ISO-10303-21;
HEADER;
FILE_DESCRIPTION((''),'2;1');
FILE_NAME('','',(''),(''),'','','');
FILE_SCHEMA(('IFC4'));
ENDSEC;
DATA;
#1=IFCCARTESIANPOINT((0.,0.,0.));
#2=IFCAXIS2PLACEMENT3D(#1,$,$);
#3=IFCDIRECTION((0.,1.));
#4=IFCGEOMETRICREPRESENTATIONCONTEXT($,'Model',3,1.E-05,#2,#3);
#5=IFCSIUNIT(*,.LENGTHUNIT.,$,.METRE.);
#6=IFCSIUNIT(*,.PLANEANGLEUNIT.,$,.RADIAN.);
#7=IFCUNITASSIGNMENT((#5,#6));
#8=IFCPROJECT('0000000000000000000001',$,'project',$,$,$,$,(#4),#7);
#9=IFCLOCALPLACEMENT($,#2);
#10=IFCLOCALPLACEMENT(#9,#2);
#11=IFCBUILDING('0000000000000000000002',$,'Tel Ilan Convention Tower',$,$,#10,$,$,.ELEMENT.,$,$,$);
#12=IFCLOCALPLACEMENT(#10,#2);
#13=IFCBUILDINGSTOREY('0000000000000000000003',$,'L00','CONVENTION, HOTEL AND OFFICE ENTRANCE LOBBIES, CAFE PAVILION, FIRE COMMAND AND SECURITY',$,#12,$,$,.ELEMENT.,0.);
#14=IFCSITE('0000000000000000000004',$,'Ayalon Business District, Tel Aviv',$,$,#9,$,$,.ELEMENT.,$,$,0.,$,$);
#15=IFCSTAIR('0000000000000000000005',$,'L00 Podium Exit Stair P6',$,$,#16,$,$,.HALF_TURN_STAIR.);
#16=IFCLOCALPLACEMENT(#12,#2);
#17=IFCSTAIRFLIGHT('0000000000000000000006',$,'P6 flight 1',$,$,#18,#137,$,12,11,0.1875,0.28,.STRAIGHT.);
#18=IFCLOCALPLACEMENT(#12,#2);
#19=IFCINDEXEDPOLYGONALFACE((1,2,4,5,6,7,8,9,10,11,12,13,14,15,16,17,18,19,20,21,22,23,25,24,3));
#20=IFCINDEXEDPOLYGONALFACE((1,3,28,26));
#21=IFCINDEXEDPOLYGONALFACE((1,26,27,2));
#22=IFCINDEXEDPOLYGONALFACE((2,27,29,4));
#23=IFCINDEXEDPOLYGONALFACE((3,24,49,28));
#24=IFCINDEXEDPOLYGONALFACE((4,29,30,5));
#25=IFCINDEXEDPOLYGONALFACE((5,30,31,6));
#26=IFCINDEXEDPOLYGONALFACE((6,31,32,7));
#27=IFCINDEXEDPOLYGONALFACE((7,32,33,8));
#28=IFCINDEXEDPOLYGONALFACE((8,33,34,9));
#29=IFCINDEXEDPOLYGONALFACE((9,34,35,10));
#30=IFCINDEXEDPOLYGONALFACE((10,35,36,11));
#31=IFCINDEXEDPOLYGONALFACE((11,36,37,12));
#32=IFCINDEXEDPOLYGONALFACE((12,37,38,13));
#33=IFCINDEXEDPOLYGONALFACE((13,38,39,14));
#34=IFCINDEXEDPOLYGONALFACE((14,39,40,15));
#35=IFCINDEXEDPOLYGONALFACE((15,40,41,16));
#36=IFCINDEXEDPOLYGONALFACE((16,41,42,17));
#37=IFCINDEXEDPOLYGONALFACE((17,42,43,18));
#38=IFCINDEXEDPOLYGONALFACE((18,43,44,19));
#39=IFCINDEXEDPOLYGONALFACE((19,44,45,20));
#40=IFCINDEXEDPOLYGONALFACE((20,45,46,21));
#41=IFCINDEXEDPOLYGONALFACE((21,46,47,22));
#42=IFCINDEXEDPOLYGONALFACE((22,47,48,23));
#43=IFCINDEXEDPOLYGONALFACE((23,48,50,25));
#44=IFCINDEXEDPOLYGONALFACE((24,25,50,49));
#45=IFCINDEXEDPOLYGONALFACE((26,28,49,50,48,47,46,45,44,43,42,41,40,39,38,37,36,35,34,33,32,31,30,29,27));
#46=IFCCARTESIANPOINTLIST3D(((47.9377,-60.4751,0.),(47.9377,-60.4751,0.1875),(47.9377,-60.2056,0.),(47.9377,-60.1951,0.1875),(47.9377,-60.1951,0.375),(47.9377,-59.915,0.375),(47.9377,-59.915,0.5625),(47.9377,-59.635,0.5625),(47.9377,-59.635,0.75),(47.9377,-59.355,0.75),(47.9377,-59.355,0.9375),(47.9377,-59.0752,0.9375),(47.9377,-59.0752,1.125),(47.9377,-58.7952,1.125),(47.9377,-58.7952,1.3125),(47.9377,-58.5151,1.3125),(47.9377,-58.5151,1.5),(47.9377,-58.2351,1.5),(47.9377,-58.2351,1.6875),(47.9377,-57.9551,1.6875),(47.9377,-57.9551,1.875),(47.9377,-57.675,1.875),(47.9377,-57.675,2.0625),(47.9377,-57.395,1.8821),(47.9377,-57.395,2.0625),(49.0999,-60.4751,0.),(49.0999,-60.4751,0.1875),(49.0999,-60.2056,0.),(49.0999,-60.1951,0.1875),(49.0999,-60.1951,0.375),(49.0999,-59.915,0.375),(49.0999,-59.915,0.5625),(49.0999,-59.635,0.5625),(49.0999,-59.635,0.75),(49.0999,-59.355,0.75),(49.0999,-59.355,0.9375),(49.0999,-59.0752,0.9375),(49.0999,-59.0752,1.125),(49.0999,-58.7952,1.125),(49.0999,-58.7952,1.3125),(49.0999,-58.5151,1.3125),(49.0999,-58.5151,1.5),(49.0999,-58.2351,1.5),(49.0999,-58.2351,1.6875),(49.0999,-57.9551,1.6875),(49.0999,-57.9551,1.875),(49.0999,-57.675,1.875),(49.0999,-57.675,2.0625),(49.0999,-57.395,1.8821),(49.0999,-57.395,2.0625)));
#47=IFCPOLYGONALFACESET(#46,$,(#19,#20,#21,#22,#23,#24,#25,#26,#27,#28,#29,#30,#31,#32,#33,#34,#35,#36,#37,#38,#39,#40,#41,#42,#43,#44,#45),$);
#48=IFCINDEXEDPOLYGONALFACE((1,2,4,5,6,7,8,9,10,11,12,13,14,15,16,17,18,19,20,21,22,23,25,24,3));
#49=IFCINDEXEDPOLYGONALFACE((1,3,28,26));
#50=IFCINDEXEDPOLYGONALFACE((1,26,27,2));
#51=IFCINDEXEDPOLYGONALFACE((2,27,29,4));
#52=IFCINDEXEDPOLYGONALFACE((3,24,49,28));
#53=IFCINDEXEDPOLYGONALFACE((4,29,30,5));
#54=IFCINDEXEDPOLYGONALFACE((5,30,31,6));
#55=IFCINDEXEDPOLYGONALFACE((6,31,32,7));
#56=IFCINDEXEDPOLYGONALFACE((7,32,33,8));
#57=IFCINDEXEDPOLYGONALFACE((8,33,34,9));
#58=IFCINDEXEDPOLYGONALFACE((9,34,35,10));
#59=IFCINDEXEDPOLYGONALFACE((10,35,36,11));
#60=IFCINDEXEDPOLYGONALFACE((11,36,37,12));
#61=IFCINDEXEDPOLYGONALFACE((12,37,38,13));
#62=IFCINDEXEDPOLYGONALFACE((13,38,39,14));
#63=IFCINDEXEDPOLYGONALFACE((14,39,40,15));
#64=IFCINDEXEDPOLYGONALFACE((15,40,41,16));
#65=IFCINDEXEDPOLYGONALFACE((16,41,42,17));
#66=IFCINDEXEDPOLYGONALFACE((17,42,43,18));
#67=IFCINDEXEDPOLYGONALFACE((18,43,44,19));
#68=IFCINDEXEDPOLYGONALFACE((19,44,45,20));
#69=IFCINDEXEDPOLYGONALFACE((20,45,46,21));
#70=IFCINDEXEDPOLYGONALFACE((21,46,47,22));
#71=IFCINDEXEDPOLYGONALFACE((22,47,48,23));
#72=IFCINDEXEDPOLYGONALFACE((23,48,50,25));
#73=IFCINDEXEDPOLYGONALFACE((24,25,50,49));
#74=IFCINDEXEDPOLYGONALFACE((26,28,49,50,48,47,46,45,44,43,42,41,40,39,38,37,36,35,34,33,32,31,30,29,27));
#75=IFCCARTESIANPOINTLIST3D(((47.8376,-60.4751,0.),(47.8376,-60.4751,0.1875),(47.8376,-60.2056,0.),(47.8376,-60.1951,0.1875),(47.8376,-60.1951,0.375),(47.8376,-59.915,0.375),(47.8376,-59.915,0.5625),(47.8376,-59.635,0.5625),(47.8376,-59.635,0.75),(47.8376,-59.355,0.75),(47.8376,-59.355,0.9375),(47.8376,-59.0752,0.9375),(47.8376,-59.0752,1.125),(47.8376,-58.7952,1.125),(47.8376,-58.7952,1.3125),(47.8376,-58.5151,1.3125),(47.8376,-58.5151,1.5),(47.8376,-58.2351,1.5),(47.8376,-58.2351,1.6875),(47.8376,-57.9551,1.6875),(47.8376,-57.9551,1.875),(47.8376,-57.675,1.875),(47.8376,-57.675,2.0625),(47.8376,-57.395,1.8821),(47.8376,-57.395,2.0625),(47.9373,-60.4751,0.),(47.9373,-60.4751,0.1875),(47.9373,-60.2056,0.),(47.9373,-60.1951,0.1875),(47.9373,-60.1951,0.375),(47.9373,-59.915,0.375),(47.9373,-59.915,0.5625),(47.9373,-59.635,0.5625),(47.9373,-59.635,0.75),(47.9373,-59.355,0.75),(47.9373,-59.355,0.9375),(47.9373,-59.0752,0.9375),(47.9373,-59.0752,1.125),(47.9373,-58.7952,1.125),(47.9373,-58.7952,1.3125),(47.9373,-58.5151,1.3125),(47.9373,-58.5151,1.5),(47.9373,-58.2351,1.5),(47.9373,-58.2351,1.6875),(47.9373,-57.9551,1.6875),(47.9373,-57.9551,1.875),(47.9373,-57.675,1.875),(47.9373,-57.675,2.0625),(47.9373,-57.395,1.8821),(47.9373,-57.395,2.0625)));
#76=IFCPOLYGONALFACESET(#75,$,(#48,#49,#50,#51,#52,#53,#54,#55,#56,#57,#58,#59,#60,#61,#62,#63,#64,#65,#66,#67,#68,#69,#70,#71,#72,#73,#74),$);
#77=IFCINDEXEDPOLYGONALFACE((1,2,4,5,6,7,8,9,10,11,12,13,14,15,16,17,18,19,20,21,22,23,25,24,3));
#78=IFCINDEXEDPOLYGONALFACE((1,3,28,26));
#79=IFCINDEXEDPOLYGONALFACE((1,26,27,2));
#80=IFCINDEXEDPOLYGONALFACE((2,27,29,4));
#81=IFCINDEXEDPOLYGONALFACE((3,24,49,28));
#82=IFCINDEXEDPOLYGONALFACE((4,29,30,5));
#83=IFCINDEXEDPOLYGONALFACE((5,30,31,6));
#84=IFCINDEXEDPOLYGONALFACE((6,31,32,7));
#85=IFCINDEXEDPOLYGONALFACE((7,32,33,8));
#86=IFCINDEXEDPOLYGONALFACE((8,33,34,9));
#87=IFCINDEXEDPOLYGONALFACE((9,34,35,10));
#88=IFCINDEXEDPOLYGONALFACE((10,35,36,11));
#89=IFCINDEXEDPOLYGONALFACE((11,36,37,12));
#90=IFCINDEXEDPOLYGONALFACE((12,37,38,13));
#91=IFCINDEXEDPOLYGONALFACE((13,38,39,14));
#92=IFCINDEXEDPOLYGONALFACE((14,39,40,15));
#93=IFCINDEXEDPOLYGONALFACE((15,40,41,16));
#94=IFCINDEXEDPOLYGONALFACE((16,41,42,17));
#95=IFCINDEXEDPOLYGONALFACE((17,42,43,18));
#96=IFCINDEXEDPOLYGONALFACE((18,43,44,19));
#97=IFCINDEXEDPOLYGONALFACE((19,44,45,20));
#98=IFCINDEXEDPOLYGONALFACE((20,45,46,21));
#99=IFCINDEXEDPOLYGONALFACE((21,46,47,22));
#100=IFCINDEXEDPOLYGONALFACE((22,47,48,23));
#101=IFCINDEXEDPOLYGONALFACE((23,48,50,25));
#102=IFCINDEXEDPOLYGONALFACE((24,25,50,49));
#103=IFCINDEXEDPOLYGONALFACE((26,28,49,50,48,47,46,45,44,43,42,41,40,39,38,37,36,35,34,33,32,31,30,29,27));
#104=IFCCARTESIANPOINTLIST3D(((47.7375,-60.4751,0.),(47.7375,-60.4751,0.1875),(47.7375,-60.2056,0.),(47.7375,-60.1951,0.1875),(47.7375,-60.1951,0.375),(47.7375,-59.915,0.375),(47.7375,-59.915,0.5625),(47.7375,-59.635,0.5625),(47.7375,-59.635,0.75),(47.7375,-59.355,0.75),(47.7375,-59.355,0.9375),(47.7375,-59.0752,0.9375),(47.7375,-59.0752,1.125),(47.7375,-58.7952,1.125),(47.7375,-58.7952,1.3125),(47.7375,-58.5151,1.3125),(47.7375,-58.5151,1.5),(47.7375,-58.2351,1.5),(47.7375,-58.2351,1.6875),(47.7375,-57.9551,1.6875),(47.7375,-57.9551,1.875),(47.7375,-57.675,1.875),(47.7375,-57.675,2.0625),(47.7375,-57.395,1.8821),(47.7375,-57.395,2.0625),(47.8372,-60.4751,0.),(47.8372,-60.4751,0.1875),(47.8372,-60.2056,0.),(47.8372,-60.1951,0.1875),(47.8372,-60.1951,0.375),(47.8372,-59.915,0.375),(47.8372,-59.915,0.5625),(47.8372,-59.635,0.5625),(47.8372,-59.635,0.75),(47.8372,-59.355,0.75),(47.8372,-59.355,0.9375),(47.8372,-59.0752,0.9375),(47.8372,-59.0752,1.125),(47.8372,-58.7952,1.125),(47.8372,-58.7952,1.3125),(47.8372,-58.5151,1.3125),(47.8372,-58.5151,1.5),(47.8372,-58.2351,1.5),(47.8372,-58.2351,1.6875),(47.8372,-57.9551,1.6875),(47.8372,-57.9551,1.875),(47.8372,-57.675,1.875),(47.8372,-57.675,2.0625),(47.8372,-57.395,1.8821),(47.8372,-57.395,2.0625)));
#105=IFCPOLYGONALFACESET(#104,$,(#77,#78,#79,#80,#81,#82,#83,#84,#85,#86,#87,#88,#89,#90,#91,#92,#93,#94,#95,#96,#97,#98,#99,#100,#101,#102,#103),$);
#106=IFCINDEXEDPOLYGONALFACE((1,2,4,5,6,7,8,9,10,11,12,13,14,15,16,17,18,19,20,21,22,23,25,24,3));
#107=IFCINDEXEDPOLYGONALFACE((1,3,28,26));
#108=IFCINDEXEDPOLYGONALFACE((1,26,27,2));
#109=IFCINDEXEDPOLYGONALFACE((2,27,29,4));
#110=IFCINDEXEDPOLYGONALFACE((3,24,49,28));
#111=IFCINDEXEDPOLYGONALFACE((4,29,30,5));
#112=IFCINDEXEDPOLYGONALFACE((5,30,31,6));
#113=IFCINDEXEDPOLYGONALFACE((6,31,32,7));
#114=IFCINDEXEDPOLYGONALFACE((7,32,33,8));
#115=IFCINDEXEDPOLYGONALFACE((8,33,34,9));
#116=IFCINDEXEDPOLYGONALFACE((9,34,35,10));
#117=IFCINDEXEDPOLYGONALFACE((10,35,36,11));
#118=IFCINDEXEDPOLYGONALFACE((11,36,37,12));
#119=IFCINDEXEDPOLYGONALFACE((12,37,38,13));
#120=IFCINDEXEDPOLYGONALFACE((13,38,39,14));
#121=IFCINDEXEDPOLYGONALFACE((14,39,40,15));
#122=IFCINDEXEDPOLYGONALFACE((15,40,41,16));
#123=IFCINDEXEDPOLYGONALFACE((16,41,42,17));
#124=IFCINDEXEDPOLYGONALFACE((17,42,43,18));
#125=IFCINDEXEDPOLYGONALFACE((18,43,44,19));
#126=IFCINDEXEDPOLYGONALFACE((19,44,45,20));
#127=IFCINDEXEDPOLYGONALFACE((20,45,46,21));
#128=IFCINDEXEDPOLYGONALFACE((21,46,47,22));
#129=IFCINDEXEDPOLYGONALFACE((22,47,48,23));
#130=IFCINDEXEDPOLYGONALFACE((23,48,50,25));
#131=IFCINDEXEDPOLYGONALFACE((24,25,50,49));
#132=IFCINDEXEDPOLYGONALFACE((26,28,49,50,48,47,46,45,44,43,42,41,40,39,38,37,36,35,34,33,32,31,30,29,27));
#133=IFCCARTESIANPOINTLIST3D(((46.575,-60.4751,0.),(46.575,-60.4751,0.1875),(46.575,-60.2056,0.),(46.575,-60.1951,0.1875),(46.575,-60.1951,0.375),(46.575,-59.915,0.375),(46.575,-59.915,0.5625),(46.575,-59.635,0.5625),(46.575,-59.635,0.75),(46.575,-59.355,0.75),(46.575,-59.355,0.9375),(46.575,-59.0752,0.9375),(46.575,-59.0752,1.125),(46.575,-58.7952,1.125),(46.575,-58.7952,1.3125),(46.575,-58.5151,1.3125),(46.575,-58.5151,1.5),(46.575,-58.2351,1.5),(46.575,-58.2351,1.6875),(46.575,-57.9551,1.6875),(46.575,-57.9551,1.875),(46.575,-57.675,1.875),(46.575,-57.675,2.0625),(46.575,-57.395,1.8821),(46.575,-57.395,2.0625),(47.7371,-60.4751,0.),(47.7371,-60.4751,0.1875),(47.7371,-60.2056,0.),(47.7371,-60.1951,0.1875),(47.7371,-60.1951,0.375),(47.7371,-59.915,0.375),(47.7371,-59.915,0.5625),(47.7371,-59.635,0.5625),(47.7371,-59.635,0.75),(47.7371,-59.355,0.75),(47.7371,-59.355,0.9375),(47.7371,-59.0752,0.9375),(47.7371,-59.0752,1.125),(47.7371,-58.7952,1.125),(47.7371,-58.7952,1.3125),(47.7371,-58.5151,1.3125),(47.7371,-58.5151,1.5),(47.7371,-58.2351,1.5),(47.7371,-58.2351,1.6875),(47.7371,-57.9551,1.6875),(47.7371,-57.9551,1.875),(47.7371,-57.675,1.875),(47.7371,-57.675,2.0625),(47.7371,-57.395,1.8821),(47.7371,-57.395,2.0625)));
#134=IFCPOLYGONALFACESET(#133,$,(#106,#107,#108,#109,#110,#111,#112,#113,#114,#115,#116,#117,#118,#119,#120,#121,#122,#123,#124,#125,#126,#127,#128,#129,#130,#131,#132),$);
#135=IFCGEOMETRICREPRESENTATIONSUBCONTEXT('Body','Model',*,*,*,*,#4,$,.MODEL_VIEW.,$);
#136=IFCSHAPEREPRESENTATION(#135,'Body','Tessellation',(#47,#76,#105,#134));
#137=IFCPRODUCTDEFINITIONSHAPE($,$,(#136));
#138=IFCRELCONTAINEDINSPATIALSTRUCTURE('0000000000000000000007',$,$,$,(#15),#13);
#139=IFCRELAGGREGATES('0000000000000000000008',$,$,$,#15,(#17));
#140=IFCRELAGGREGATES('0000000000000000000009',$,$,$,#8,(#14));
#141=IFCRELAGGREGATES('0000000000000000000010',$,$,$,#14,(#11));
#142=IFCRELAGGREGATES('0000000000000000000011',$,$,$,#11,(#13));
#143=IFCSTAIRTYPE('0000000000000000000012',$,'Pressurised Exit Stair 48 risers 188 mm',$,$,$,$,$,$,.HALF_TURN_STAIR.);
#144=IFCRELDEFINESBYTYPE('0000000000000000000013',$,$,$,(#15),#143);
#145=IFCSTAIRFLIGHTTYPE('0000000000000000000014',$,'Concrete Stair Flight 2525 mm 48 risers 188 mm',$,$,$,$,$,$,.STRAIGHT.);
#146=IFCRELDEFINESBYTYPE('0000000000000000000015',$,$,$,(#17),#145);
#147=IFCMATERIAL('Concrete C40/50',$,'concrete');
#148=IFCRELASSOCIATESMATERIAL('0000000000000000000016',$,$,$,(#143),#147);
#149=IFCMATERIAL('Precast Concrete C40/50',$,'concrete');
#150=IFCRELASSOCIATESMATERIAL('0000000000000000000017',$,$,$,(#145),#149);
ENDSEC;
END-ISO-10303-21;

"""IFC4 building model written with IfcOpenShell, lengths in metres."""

from ifc_helpers import new_model, si_unit, direction, frame, origin, place, context, subcontext, project, spatial, polyline, outline, extrude, material, type_object, element, aggregate, save


model = new_model("IFC4")

# Units and contexts
model_context = context("Model", 3, precision=1e-05, world=origin(), true_north=direction((0.0, 1.0)))
body_context = subcontext(model_context, "Body", "Model", "MODEL_VIEW")
ifc_project = project(units=[si_unit("LENGTHUNIT", "METRE"), si_unit("PLANEANGLEUNIT", "RADIAN")], contexts=[model_context])

# Site, building, storey
site_placement = place(None, origin())
site = spatial("IfcSite", under=ifc_project, at=site_placement, Name="Ayalon Business District, Tel Aviv", CompositionType="ELEMENT", RefElevation=0.0)
building_placement = place(site_placement, origin())
building = spatial("IfcBuilding", under=site, at=building_placement, Name="Tel Ilan Convention Tower", CompositionType="ELEMENT")
storey_placement = place(building_placement, origin())
storey = spatial("IfcBuildingStorey", under=building, at=storey_placement, Name="L00", Description="CONVENTION, HOTEL AND OFFICE ENTRANCE LOBBIES, CAFE PAVILION, FIRE COMMAND AND SECURITY", CompositionType="ELEMENT", Elevation=0.0)

# Stair, stair flight
ifc_material_1 = material(Name="Concrete C40/50", Category="concrete")
stair_type = type_object("IfcStairType", Name="Pressurised Exit Stair 48 risers 188 mm", PredefinedType="HALF_TURN_STAIR", material=ifc_material_1)
stair_1_placement = place(storey_placement, origin())
stair_1 = element("IfcStair", 1, at=stair_1_placement, inside=storey, type_object=stair_type, Name="L00 Podium Exit Stair P6", PredefinedType="HALF_TURN_STAIR")
ifc_material_2 = material(Name="Precast Concrete C40/50", Category="concrete")
stair_flight_type = type_object("IfcStairFlightType", Name="Concrete Stair Flight 2525 mm 48 risers 188 mm", PredefinedType="STRAIGHT", material=ifc_material_2)
stair_flight_1_placement = place(storey_placement, frame((47.8374, -60.4751, 0.0), z_axis=(0.0, 0.0, 1.0), x_axis=(0.0, 1.0, 0.0)))
stair_flight_1 = element("IfcStairFlight", 2, at=stair_flight_1_placement, type_object=stair_flight_type, Name="P6 flight 1", NumberOfRisers=12, NumberOfTreads=11, PredefinedType="STRAIGHT", RiserHeight=0.1875, TreadLength=0.28, context=body_context, shape_type="SweptSolid", body=[
    extrude(outline(polyline([(0.0, 0.0), (0.0, 0.1875), (0.28, 0.1875), (0.28, 0.375), (0.5601, 0.375), (0.5601, 0.5625), (0.8401, 0.5625), (0.8401, 0.75), (1.1201, 0.75), (1.1201, 0.9375), (1.3999, 0.9375), (1.3999, 1.125), (1.6799, 1.125), (1.6799, 1.3125), (1.96, 1.3125), (1.96, 1.5), (2.24, 1.5), (2.24, 1.6875), (2.52, 1.6875), (2.52, 1.875), (2.8, 1.875), (2.8, 2.0625), (3.0801, 2.0625), (3.0801, 2.25), (3.0801, 1.8821), (0.2695, 0.0), (0.0, 0.0)])), frame((0.0, -0.1003, 0.0), z_axis=(0.0, -1.0, 0.0), x_axis=(1.0, 0.0, 0.0)), (0.0, 0.0, 1.0), 1.1621),
    extrude(outline(polyline([(0.0, 0.0), (0.0, 0.1875), (0.28, 0.1875), (0.28, 0.375), (0.5601, 0.375), (0.5601, 0.5625), (0.8401, 0.5625), (0.8401, 0.75), (1.1201, 0.75), (1.1201, 0.9375), (1.3999, 0.9375), (1.3999, 1.125), (1.6799, 1.125), (1.6799, 1.3125), (1.96, 1.3125), (1.96, 1.5), (2.24, 1.5), (2.24, 1.6875), (2.52, 1.6875), (2.52, 1.875), (2.8, 1.875), (2.8, 2.0625), (3.0801, 2.0625), (3.0801, 2.25), (3.0801, 1.8821), (0.2695, 0.0), (0.0, 0.0)])), frame((0.0, -0.0002, 0.0), z_axis=(0.0, -1.0, 0.0), x_axis=(1.0, 0.0, 0.0)), (0.0, 0.0, 1.0), 0.0996),
    extrude(outline(polyline([(0.0, 0.0), (0.0, 0.1875), (0.28, 0.1875), (0.28, 0.375), (0.5601, 0.375), (0.5601, 0.5625), (0.8401, 0.5625), (0.8401, 0.75), (1.1201, 0.75), (1.1201, 0.9375), (1.3999, 0.9375), (1.3999, 1.125), (1.6799, 1.125), (1.6799, 1.3125), (1.96, 1.3125), (1.96, 1.5), (2.24, 1.5), (2.24, 1.6875), (2.52, 1.6875), (2.52, 1.875), (2.8, 1.875), (2.8, 2.0625), (3.0801, 2.0625), (3.0801, 2.25), (3.0801, 1.8821), (0.2695, 0.0), (0.0, 0.0)])), frame((0.0, 0.0999, 0.0), z_axis=(0.0, -1.0, 0.0), x_axis=(1.0, 0.0, 0.0)), (0.0, 0.0, 1.0), 0.0996),
    extrude(outline(polyline([(0.0, 0.0), (0.0, 0.1875), (0.28, 0.1875), (0.28, 0.375), (0.5601, 0.375), (0.5601, 0.5625), (0.8401, 0.5625), (0.8401, 0.75), (1.1201, 0.75), (1.1201, 0.9375), (1.3999, 0.9375), (1.3999, 1.125), (1.6799, 1.125), (1.6799, 1.3125), (1.96, 1.3125), (1.96, 1.5), (2.24, 1.5), (2.24, 1.6875), (2.52, 1.6875), (2.52, 1.875), (2.8, 1.875), (2.8, 2.0625), (3.0801, 2.0625), (3.0801, 2.25), (3.0801, 1.8821), (0.2695, 0.0), (0.0, 0.0)])), frame((0.0, 1.2625, 0.0), z_axis=(0.0, -1.0, 0.0), x_axis=(1.0, 0.0, 0.0)), (0.0, 0.0, 1.0), 1.1621),
])
aggregate(stair_1, [stair_flight_1])

save(model, "model.ifc")
